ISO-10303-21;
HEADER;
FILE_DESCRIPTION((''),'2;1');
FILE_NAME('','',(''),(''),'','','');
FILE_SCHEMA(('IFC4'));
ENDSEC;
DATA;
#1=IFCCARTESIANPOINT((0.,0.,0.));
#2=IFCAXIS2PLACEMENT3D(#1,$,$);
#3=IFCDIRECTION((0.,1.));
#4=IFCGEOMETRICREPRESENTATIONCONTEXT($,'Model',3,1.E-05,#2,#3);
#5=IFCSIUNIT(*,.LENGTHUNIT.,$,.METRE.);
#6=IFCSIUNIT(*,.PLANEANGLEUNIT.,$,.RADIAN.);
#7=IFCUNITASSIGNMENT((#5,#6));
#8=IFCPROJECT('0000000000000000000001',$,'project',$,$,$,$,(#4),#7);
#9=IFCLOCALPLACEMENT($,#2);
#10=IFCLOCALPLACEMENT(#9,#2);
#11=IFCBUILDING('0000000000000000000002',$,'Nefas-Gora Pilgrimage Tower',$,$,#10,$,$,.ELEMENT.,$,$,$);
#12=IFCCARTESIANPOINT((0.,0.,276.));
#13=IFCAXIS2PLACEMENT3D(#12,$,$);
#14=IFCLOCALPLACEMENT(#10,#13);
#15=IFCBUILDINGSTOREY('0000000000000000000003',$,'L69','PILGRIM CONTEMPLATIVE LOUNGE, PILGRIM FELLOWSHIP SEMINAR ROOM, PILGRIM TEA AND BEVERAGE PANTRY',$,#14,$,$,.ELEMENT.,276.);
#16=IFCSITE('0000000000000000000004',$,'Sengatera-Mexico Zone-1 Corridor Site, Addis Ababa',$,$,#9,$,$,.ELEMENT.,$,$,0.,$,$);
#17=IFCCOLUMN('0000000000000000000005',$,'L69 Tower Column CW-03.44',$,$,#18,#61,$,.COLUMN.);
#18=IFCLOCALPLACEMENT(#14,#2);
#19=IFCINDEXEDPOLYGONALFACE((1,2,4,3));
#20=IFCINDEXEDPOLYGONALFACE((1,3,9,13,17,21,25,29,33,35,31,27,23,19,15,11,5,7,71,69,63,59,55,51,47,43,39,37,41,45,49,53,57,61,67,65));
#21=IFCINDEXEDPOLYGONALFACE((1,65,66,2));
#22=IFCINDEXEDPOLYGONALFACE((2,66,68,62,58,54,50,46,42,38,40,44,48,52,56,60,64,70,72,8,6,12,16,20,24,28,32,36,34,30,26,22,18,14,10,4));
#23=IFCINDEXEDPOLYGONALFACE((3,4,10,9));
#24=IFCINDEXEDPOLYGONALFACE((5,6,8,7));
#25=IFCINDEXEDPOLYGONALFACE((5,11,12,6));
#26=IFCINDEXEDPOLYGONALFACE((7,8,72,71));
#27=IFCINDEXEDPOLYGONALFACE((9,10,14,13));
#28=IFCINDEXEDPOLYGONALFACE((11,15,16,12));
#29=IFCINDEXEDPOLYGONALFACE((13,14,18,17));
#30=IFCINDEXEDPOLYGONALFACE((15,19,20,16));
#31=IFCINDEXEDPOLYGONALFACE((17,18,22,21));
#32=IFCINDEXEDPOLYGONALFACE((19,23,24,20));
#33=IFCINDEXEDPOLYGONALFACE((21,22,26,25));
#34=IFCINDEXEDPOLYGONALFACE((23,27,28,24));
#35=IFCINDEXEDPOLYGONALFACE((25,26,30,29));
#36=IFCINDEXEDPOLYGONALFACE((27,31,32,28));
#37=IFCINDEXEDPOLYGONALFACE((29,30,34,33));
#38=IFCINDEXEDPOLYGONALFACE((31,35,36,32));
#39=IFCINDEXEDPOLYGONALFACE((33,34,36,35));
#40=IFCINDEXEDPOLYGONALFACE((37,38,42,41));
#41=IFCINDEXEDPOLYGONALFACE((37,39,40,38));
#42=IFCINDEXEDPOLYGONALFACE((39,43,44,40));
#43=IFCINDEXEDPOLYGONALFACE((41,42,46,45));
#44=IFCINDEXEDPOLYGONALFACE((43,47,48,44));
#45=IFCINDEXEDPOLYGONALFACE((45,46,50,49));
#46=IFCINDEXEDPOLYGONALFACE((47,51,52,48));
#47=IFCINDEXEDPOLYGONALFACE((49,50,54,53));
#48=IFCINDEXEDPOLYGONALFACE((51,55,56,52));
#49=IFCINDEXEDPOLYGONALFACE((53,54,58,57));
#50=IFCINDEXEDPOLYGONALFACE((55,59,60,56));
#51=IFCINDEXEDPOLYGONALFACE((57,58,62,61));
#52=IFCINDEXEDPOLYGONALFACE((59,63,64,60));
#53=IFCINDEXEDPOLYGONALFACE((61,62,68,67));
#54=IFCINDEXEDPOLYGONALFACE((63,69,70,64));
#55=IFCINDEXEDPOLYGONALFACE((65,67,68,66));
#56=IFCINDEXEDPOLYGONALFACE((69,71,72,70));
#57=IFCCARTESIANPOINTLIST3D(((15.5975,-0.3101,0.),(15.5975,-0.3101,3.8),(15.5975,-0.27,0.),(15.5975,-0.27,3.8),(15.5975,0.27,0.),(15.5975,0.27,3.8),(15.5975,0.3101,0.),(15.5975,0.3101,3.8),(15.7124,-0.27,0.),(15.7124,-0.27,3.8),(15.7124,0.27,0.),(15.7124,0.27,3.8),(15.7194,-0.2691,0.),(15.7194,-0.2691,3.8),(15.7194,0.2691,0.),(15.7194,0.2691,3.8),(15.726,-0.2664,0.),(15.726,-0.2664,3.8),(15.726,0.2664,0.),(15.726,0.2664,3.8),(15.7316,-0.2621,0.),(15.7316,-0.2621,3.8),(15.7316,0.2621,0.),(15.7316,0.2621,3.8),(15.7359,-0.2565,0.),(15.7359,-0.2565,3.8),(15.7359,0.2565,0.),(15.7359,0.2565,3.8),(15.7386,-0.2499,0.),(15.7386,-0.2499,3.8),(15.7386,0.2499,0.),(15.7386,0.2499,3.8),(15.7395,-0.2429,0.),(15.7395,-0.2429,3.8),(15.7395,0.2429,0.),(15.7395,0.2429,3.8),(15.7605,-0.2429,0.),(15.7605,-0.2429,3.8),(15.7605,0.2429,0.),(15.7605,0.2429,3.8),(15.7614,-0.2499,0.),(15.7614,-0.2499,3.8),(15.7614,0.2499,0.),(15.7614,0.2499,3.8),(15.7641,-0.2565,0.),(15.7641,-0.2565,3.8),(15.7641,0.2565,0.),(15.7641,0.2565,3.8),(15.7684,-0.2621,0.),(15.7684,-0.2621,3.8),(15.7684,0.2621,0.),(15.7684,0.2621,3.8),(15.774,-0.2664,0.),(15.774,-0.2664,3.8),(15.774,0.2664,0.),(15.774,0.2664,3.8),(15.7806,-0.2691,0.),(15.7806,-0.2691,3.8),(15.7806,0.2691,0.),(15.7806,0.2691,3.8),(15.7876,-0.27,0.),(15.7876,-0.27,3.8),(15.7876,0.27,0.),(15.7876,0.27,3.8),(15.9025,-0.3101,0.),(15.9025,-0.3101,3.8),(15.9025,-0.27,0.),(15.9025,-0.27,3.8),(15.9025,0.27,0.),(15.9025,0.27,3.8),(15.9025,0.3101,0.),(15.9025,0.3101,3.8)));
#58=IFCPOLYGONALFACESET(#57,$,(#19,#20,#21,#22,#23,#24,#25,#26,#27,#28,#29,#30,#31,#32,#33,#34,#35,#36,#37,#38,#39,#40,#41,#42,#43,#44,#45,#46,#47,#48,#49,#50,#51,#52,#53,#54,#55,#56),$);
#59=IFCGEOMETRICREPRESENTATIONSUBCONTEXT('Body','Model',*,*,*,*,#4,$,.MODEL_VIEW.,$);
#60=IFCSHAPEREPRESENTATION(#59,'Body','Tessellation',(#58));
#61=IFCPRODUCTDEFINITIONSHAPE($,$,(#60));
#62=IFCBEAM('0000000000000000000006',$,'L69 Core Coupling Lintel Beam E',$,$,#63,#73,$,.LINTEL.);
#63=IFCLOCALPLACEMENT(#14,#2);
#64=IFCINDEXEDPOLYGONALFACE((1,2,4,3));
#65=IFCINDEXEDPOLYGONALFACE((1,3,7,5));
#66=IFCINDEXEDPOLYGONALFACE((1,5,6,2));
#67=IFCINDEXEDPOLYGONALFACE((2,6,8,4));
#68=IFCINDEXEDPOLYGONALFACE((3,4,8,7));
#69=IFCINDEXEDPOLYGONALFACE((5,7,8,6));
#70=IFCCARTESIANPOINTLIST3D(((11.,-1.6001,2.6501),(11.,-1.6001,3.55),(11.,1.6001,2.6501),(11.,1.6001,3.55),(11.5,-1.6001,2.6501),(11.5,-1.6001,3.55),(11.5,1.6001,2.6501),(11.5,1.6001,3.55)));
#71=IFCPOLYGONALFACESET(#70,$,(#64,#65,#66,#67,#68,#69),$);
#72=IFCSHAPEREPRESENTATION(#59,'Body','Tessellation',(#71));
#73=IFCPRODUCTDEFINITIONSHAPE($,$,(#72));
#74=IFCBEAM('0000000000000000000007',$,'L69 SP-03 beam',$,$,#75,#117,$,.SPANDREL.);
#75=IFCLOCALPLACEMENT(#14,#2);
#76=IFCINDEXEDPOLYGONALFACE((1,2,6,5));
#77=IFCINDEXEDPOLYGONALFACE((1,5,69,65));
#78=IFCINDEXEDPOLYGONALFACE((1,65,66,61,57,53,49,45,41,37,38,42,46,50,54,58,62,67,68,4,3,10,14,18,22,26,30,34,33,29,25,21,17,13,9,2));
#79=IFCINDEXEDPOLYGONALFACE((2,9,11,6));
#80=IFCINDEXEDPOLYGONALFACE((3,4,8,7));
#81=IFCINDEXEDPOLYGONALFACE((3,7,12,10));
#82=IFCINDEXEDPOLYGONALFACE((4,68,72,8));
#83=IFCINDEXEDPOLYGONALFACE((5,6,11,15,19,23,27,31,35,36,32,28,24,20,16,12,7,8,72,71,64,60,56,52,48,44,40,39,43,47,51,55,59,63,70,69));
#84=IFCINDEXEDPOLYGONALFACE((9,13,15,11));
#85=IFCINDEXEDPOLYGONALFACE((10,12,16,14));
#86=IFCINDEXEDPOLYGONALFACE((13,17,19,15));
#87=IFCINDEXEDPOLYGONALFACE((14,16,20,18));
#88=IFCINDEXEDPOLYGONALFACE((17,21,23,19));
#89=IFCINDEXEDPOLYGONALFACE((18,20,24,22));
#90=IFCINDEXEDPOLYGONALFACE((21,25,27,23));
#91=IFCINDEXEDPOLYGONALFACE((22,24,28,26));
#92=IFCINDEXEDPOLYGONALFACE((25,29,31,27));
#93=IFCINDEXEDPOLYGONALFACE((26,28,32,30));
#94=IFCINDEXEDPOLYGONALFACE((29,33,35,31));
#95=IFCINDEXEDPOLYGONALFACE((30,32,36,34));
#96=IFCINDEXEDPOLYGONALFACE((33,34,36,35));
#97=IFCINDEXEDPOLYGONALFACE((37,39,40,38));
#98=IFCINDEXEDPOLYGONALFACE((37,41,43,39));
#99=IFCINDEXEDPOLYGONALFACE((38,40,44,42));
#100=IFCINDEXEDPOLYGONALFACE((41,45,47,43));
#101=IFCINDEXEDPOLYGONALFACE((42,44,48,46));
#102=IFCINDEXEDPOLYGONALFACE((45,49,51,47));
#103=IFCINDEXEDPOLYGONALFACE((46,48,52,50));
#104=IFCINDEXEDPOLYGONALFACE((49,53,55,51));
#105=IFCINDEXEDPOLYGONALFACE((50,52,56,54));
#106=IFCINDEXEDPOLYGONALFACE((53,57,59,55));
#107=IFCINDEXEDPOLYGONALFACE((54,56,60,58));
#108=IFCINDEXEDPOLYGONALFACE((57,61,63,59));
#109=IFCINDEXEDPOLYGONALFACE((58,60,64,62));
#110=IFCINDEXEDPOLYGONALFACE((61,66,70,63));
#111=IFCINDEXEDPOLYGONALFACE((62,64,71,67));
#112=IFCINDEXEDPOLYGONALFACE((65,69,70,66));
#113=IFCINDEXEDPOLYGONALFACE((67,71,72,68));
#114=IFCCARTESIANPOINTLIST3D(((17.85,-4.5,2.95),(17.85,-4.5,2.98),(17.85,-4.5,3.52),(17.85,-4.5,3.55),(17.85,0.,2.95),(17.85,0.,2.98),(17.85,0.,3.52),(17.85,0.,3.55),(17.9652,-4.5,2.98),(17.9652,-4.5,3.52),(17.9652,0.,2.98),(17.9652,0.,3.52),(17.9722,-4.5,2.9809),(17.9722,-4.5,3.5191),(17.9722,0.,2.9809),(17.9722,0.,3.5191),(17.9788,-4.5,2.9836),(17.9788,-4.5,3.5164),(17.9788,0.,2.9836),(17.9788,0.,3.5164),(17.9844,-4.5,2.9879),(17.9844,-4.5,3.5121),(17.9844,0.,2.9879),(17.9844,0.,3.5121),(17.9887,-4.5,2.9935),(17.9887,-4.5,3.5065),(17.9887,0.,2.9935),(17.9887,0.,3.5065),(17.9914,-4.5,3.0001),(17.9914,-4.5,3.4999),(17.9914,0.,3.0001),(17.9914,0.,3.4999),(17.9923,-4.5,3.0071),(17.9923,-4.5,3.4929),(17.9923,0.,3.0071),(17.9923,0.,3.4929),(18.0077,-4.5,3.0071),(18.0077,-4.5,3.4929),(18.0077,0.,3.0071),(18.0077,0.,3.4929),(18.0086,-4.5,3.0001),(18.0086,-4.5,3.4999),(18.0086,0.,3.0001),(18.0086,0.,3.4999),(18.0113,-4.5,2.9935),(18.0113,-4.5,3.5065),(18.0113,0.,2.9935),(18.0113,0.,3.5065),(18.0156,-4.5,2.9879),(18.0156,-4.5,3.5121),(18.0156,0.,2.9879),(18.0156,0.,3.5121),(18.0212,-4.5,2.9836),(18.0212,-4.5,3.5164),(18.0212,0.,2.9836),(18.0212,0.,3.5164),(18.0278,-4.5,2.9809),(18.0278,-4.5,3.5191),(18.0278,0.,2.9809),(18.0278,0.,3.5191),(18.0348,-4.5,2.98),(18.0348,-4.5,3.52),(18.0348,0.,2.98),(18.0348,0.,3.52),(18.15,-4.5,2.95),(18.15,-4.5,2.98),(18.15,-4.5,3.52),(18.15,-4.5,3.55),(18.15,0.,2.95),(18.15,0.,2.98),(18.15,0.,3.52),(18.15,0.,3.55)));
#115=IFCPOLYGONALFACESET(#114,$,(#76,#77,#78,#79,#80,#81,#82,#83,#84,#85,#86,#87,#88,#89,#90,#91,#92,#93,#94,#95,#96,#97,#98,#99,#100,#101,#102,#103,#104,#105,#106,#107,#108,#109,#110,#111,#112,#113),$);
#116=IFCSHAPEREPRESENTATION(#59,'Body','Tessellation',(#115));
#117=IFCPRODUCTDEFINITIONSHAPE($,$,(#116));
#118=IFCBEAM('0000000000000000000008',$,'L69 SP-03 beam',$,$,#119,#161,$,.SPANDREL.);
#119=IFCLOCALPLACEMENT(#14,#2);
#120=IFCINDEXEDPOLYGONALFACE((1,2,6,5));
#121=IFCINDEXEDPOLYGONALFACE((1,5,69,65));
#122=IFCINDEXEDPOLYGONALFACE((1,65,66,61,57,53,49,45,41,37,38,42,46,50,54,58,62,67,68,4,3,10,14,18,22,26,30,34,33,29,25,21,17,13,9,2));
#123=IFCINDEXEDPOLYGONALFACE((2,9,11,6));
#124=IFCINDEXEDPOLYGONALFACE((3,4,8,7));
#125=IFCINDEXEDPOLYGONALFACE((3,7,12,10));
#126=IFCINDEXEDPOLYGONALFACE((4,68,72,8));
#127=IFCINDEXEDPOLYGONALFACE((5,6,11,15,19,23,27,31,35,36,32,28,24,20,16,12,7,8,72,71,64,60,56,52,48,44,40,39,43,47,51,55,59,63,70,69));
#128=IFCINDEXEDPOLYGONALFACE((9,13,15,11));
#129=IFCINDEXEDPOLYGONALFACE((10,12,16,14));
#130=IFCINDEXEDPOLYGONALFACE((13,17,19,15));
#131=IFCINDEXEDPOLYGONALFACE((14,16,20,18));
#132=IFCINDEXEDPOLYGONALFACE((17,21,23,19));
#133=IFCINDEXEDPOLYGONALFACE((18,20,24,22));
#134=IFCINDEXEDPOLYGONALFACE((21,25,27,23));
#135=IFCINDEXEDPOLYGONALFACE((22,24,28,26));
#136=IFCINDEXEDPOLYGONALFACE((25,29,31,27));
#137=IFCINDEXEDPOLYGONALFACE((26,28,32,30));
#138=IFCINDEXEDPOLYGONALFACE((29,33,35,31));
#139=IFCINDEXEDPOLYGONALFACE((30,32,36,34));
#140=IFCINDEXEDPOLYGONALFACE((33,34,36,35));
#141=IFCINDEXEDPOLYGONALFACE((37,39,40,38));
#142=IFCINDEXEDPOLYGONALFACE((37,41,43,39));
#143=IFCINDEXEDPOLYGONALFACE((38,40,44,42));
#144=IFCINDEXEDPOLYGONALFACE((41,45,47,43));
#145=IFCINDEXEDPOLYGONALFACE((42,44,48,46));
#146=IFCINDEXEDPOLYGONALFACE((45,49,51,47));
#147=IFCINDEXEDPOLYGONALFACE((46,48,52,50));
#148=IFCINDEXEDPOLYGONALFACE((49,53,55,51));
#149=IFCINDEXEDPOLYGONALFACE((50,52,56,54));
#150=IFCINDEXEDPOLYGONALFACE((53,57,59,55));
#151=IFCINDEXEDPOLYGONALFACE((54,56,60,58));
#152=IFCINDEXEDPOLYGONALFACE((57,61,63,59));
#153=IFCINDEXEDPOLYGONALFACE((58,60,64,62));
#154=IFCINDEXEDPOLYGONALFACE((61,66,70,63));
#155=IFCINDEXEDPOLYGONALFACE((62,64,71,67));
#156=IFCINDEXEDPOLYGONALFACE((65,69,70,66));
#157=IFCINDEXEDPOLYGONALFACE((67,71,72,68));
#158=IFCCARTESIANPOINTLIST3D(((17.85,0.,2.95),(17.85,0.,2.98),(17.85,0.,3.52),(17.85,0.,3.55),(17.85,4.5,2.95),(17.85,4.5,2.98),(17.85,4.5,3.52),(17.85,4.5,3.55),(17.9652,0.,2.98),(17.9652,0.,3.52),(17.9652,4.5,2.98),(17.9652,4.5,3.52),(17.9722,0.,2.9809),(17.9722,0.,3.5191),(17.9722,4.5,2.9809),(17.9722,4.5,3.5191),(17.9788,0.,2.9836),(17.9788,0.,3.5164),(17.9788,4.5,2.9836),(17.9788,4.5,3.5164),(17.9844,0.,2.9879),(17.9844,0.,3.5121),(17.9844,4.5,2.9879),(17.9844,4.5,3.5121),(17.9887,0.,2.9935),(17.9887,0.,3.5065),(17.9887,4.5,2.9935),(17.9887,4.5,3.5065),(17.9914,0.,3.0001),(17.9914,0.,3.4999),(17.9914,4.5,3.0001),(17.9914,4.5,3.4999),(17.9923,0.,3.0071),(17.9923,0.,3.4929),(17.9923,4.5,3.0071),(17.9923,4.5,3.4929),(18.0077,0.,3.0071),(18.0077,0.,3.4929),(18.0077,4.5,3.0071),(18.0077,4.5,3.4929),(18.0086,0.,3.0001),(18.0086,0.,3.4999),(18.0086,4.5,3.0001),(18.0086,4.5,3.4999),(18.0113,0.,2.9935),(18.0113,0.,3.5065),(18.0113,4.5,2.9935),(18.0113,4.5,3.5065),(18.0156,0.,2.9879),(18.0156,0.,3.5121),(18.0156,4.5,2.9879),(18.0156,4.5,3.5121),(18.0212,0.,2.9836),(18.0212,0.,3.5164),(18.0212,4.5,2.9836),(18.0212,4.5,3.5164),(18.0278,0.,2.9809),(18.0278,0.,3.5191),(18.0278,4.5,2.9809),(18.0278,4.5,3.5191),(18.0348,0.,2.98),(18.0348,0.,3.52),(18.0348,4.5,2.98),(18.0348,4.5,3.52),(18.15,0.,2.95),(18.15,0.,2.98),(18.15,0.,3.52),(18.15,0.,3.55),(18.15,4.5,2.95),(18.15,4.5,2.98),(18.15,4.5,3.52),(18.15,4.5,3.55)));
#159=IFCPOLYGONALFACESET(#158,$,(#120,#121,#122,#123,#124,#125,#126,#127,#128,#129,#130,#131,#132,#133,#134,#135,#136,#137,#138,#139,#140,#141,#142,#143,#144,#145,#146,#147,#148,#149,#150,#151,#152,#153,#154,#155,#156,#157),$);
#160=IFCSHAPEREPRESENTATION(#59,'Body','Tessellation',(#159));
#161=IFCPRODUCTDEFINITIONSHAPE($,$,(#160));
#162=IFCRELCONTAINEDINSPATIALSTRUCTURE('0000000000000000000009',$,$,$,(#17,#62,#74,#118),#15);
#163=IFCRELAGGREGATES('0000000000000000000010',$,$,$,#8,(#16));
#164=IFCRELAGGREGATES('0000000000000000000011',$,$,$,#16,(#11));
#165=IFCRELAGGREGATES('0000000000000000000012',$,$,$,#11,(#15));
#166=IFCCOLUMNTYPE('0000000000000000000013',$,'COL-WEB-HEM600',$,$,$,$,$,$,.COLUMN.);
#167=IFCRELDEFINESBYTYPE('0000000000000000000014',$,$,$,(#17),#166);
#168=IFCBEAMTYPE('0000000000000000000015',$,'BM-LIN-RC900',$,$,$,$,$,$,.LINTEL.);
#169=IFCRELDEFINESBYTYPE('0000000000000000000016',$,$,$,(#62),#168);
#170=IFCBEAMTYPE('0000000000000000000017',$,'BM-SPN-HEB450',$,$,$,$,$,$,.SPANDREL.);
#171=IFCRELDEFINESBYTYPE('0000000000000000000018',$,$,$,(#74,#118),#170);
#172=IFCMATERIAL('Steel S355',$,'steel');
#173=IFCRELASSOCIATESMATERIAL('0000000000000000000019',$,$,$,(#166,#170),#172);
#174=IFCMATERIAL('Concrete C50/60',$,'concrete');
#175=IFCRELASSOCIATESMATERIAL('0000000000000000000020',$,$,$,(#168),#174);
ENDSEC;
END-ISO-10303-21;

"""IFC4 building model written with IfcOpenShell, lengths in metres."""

from ifc_helpers import new_model, si_unit, direction, frame, origin, origin_2d, place, context, subcontext, project, spatial, rectangle, i_section, extrude, source, transform, mapped, material, material_profile, profile_set, type_object, element, save


model = new_model("IFC4")

# Units and contexts
model_context = context("Model", 3, precision=1e-05, world=origin(), true_north=direction((0.0, 1.0)))
body_context = subcontext(model_context, "Body", "Model", "MODEL_VIEW")
ifc_project = project(units=[si_unit("LENGTHUNIT", "METRE"), si_unit("PLANEANGLEUNIT", "RADIAN")], contexts=[model_context])

# Site, building, storey
site_placement = place(None, origin())
site = spatial("IfcSite", under=ifc_project, at=site_placement, Name="Sengatera-Mexico Zone-1 Corridor Site, Addis Ababa", CompositionType="ELEMENT", RefElevation=0.0)
building_placement = place(site_placement, origin())
building = spatial("IfcBuilding", under=site, at=building_placement, Name="Nefas-Gora Pilgrimage Tower", CompositionType="ELEMENT")
storey_placement = place(building_placement, frame((0.0, 0.0, 276.0)))
storey = spatial("IfcBuildingStorey", under=building, at=storey_placement, Name="L69", Description="PILGRIM CONTEMPLATIVE LOUNGE, PILGRIM FELLOWSHIP SEMINAR ROOM, PILGRIM TEA AND BEVERAGE PANTRY", CompositionType="ELEMENT", Elevation=276.0)

# Column
ifc_material_1 = material(Name="Steel S355", Category="steel")
ifc_material_profile_1 = material_profile(ifc_material_1, i_section(OverallWidth=0.3049, OverallDepth=0.6201, WebThickness=0.021, FlangeThickness=0.04, FilletRadius=0.0271, at=origin_2d()), Name="HEM 600")
ifc_profile_set_1 = profile_set([ifc_material_profile_1], Name="Steel S355")
column_type_1 = type_object("IfcColumnType", Name="COL-WEB-HEM600", PredefinedType="COLUMN", material=ifc_profile_set_1)
shared_shape_1 = source(origin(), body_context, "Body", "SweptSolid", [
    extrude(i_section(OverallWidth=0.3049, OverallDepth=0.6201, WebThickness=0.021, FlangeThickness=0.04, FilletRadius=0.0271, at=origin_2d()), origin(), (0.0, 0.0, 1.0), 3.8),
])
for number, where, z_axis, x_axis, name in (
    (1, (15.75, 0.0, 0.0), (0.0, 0.0, 1.0), (1.0, 0.0, 0.0), "L69 Tower Column CW-03.44"),
):
    element("IfcColumn", number, at=place(storey_placement, frame(where, z_axis=z_axis, x_axis=x_axis)), inside=storey, type_object=column_type_1, Name=name, PredefinedType="COLUMN", context=body_context, shape_type="MappedRepresentation", body=[
        mapped(shared_shape_1, transform((0.0, 0.0, 0.0), x_axis=(1.0, 0.0, 0.0), y_axis=(0.0, 1.0, 0.0), z_axis=(0.0, 0.0, 1.0), scale=1.0)),
    ])

# Beams
ifc_material_2 = material(Name="Concrete C50/60", Category="concrete")
ifc_material_profile_2 = material_profile(ifc_material_2, rectangle(XDim=0.5, YDim=0.8999, at=origin_2d()), Name="RC 500x900")
ifc_profile_set_2 = profile_set([ifc_material_profile_2], Name="Concrete C50/60")
beam_type_1 = type_object("IfcBeamType", Name="BM-LIN-RC900", PredefinedType="LINTEL", material=ifc_profile_set_2)
shared_shape_2 = source(origin(), body_context, "Body", "SweptSolid", [
    extrude(rectangle(XDim=0.5, YDim=0.8999, at=origin_2d()), origin(), (0.0, 0.0, 1.0), 3.2002),
])
beam_placement = place(storey_placement, frame((11.25, -1.6001, 3.1001), z_axis=(0.0, 1.0, 0.0), x_axis=(-1.0, 0.0, 0.0)))
element("IfcBeam", 2, at=beam_placement, inside=storey, type_object=beam_type_1, Name="L69 Core Coupling Lintel Beam E", PredefinedType="LINTEL", context=body_context, shape_type="MappedRepresentation", body=[
    mapped(shared_shape_2, transform((0.0, 0.0, 0.0), x_axis=(1.0, 0.0, 0.0), y_axis=(0.0, 1.0, 0.0), z_axis=(0.0, 0.0, 1.0), scale=1.0)),
])
ifc_material_profile_3 = material_profile(ifc_material_1, i_section(OverallWidth=0.3, OverallDepth=0.6001, WebThickness=0.0154, FlangeThickness=0.03, FilletRadius=0.0271, at=origin_2d()), Name="HEB 600")
ifc_profile_set_3 = profile_set([ifc_material_profile_3], Name="Steel S355")
beam_type_2 = type_object("IfcBeamType", Name="BM-SPN-HEB450", PredefinedType="SPANDREL", material=ifc_profile_set_3)
shared_shape_3 = source(origin(), body_context, "Body", "SweptSolid", [
    extrude(i_section(OverallWidth=0.3, OverallDepth=0.6001, WebThickness=0.0154, FlangeThickness=0.03, FilletRadius=0.0271, at=origin_2d()), origin(), (0.0, 0.0, 1.0), 4.5),
])
for number, where, z_axis, x_axis, name in (
    (3, (18.0, -4.5, 3.25), (0.0, 1.0, 0.0), (-1.0, 0.0, 0.0), "L69 SP-03 beam"),
    (4, (18.0, 0.0, 3.25), (0.0, 1.0, 0.0), (-1.0, 0.0, 0.0), "L69 SP-03 beam"),
):
    element("IfcBeam", number, at=place(storey_placement, frame(where, z_axis=z_axis, x_axis=x_axis)), inside=storey, type_object=beam_type_2, Name=name, PredefinedType="SPANDREL", context=body_context, shape_type="MappedRepresentation", body=[
        mapped(shared_shape_3, transform((0.0, 0.0, 0.0), x_axis=(1.0, 0.0, 0.0), y_axis=(0.0, 1.0, 0.0), z_axis=(0.0, 0.0, 1.0), scale=1.0)),
    ])

save(model, "model.ifc")
